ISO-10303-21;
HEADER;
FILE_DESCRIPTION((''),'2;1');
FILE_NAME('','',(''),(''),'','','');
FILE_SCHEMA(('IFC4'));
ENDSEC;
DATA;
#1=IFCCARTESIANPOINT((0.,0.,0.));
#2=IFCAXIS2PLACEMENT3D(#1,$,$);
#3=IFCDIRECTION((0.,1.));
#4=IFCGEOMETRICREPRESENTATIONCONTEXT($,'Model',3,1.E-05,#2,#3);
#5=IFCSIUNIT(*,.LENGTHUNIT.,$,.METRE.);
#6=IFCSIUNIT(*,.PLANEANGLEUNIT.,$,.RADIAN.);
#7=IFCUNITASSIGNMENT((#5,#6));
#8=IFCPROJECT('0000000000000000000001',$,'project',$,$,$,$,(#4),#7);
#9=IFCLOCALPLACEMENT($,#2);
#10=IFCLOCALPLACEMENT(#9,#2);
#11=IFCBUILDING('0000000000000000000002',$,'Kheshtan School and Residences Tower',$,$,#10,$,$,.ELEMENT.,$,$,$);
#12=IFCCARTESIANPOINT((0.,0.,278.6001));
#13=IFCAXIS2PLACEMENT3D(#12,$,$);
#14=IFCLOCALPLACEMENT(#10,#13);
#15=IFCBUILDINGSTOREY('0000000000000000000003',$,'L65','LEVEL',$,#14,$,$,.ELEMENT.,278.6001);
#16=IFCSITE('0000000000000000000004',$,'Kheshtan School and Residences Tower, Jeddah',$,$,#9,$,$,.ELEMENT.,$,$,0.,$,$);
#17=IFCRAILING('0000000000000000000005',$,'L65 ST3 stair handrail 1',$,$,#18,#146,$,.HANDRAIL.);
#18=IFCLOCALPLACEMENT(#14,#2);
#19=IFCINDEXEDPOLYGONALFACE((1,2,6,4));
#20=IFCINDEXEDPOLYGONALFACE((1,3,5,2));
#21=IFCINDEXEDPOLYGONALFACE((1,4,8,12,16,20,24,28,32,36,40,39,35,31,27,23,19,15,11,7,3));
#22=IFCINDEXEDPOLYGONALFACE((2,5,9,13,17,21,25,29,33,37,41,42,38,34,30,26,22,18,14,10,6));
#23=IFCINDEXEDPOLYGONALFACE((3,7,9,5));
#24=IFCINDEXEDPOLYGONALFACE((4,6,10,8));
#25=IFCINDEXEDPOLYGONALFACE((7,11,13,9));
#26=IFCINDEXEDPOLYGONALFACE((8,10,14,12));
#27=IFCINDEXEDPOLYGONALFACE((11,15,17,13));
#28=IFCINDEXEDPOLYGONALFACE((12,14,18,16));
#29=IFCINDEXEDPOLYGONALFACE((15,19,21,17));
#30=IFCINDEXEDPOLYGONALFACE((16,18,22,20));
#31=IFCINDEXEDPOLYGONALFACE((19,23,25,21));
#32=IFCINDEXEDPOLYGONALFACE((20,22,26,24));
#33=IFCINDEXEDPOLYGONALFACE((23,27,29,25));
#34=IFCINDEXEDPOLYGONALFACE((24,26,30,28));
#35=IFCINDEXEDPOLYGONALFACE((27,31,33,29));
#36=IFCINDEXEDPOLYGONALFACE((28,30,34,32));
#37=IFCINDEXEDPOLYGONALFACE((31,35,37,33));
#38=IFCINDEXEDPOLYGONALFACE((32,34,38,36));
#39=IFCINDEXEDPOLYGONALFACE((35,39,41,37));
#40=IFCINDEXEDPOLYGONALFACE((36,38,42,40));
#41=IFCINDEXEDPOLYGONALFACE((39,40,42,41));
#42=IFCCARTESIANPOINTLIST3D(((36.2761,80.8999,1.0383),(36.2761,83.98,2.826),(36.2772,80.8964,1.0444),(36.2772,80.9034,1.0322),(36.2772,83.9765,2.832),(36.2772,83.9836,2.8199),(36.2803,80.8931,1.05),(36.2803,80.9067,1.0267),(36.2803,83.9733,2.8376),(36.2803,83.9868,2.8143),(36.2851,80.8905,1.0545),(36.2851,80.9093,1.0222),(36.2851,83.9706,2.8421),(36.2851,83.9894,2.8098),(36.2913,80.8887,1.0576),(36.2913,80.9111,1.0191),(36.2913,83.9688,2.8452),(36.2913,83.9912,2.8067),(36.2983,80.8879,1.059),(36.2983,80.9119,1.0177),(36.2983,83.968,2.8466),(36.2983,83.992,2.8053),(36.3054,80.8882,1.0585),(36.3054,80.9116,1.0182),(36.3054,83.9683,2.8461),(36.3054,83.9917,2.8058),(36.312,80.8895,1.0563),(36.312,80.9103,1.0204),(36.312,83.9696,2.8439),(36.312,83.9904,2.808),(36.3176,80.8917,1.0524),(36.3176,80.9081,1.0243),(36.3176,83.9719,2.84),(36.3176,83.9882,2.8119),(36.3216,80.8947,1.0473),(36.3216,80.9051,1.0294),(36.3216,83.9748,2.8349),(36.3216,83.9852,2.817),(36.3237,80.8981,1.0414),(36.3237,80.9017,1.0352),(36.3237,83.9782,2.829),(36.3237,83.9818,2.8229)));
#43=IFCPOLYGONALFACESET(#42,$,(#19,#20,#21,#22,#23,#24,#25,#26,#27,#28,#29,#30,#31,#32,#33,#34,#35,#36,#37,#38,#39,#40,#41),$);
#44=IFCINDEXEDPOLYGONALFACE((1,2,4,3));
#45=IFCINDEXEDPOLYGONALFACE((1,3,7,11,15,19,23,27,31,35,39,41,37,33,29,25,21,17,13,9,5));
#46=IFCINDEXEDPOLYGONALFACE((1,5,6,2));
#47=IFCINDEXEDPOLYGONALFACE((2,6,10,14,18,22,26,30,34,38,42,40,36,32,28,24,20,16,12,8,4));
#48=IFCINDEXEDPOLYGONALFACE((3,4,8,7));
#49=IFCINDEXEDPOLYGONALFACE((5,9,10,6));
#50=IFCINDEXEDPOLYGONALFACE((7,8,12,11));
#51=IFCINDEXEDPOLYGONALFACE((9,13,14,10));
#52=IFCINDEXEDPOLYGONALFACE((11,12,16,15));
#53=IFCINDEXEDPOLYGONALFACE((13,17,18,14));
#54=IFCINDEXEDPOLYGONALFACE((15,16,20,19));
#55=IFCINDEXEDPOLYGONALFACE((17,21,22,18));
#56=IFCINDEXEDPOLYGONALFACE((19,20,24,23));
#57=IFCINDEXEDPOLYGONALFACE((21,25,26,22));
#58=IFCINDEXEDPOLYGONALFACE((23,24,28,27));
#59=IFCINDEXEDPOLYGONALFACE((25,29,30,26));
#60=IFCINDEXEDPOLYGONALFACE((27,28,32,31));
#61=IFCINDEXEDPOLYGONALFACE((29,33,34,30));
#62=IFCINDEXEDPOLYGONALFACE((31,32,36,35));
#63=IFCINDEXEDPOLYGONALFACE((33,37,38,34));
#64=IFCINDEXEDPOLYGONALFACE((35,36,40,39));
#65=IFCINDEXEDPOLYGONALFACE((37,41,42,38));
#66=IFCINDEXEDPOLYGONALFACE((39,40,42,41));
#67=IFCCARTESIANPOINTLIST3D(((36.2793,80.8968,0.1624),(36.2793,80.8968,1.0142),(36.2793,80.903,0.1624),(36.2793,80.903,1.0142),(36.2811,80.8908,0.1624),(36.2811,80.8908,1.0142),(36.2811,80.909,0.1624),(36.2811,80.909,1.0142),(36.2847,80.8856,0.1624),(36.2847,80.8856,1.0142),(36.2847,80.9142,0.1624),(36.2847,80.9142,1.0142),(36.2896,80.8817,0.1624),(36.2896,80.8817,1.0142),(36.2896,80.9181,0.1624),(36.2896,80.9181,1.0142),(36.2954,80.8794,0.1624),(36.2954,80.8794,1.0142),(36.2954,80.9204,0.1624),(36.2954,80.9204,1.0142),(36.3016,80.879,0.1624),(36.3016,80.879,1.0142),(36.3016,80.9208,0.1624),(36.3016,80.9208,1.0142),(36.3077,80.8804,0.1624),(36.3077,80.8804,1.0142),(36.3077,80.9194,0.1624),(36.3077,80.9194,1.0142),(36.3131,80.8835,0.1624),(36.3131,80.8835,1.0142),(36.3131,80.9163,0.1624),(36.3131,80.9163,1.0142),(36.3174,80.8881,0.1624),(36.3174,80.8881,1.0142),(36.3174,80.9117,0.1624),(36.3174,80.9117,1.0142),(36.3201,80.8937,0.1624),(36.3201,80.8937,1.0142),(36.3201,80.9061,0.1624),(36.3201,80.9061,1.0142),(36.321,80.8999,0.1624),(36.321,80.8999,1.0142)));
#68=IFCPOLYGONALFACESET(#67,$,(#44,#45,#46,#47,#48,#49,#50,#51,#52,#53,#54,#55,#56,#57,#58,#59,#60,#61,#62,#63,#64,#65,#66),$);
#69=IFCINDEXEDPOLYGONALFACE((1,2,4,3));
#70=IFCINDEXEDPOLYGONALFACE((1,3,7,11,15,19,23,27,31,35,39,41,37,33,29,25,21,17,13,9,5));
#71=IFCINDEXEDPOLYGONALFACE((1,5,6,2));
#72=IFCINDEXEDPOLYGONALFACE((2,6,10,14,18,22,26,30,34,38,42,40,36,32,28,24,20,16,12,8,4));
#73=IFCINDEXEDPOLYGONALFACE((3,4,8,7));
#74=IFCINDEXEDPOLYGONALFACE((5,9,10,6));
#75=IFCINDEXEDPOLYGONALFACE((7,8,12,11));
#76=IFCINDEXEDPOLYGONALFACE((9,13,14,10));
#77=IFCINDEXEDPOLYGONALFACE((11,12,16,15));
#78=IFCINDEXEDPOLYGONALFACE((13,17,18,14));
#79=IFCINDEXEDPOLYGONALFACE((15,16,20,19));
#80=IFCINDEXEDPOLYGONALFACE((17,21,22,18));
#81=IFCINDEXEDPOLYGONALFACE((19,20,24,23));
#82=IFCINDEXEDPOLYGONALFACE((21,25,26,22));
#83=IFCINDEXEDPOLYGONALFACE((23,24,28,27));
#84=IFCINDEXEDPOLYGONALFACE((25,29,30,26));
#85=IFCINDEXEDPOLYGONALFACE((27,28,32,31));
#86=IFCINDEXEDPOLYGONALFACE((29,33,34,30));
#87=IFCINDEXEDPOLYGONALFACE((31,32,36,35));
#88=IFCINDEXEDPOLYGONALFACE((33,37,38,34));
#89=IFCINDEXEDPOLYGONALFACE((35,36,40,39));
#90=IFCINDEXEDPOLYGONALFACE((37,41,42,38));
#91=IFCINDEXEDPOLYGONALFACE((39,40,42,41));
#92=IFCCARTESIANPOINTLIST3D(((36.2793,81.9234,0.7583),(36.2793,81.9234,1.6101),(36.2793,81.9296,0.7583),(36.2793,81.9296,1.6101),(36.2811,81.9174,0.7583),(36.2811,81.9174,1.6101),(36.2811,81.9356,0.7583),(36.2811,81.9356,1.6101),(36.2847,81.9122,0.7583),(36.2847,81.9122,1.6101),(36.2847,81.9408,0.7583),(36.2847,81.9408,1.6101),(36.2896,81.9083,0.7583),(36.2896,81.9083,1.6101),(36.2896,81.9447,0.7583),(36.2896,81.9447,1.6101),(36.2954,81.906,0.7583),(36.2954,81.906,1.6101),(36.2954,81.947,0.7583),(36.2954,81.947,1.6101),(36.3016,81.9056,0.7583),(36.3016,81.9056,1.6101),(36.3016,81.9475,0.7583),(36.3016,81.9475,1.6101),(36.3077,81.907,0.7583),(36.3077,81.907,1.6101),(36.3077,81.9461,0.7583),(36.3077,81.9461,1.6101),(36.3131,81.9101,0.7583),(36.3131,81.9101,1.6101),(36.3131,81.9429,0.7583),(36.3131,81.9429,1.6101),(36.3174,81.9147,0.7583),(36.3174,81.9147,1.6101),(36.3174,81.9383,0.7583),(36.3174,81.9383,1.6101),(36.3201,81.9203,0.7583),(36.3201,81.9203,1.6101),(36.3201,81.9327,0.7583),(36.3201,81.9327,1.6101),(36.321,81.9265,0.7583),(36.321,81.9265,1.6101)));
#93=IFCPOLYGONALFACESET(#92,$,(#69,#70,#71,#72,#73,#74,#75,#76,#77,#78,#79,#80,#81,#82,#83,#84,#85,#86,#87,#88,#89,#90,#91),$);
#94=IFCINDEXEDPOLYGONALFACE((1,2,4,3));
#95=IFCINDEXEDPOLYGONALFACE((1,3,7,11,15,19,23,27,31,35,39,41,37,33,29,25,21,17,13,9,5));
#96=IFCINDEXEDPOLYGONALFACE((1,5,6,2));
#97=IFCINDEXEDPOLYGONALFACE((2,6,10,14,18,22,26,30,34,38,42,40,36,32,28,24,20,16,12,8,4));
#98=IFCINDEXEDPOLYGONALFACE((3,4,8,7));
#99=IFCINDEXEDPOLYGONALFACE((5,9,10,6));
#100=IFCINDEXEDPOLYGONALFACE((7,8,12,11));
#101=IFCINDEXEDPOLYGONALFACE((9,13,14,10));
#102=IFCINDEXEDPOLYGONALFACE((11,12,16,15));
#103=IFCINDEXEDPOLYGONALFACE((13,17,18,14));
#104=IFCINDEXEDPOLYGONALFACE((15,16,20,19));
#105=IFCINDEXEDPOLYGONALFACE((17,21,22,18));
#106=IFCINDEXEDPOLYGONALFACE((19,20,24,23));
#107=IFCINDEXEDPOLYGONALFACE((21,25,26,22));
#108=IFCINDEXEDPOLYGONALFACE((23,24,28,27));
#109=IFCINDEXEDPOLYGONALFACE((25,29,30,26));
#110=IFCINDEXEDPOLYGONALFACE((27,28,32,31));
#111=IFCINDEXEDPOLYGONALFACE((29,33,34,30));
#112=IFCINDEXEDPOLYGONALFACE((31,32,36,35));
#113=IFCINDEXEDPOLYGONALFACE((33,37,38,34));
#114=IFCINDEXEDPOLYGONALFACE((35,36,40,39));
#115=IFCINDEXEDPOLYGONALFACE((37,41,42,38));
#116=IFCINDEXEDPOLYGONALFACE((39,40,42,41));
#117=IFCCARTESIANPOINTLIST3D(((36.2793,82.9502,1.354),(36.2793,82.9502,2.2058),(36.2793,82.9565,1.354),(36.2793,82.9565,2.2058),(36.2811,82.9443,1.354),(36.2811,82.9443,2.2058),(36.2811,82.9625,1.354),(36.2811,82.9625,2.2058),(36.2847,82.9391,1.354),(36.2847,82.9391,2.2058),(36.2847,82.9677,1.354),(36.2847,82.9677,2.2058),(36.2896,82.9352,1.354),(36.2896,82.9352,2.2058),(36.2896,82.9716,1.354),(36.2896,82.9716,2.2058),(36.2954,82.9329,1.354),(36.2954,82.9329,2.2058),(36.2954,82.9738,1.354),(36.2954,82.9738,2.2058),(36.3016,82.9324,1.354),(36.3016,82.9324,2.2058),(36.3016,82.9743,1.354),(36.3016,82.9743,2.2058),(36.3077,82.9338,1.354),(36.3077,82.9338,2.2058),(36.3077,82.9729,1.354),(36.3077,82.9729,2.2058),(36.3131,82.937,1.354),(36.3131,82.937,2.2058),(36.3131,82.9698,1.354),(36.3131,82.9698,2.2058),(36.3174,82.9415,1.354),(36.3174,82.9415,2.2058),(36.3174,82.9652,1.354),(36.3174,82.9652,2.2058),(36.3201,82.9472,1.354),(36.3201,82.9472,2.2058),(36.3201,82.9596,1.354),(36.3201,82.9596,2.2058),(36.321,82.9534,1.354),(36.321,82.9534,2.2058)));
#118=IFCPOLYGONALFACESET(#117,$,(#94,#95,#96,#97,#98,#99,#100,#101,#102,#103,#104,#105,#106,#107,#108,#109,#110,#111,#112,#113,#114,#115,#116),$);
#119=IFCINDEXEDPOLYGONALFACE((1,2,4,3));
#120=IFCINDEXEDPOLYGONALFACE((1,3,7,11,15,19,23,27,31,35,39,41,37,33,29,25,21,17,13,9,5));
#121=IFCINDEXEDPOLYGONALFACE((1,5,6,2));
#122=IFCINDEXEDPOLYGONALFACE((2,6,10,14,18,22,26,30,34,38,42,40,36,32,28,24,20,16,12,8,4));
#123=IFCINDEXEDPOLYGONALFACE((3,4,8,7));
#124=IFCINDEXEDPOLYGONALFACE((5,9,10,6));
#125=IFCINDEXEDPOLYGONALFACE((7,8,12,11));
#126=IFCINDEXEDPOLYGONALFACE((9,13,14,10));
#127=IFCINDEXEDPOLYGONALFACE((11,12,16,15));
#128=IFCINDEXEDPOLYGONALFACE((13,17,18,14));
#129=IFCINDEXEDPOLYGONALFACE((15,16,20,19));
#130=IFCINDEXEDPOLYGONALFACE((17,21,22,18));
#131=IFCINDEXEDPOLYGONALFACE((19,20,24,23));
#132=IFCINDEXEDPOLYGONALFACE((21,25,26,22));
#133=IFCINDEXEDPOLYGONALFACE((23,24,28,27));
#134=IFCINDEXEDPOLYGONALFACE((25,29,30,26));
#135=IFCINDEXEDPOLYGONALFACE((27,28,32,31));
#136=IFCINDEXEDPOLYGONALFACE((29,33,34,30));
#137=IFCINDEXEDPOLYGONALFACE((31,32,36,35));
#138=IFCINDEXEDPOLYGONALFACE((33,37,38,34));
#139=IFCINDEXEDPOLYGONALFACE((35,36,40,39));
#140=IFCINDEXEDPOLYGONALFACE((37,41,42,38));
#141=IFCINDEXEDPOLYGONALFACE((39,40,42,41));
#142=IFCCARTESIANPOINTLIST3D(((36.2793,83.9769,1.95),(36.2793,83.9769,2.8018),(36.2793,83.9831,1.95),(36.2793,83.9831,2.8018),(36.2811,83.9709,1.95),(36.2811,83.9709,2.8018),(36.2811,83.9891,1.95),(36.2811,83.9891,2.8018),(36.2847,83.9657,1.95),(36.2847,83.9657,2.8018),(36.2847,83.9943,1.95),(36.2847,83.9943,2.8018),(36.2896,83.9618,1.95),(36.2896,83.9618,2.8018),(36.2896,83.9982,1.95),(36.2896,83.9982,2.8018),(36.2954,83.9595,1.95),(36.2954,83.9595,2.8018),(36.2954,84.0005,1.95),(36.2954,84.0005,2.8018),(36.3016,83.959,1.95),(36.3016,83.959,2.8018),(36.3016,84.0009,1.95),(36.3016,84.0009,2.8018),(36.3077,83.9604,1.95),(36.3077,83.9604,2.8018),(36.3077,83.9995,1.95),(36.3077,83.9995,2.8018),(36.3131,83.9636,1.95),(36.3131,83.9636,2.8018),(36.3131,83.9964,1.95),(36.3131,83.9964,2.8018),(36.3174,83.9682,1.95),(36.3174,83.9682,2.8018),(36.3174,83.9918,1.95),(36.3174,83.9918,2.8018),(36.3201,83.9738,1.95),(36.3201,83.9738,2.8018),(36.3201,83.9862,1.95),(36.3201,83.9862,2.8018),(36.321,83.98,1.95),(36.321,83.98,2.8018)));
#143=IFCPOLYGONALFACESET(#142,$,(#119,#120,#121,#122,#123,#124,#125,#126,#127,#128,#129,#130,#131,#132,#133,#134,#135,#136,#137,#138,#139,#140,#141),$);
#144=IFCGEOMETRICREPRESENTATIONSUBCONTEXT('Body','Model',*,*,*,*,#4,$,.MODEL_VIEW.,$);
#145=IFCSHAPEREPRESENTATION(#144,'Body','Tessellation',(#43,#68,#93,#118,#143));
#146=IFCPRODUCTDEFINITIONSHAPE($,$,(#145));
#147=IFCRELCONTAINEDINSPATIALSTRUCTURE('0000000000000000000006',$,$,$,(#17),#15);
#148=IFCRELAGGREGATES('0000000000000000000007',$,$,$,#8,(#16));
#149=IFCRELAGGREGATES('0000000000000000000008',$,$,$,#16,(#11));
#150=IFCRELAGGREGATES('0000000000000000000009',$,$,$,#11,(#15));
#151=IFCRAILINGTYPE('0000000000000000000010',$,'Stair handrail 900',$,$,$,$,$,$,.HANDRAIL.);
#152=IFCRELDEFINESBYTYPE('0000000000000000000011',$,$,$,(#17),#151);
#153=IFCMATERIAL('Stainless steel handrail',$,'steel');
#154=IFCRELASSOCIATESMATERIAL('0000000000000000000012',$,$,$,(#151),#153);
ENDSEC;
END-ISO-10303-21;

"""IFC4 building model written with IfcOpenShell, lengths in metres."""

from ifc_helpers import new_model, si_unit, direction, frame, origin, origin_2d, place, context, subcontext, project, spatial, circle, extrude, material, type_object, element, save


model = new_model("IFC4")

# Units and contexts
model_context = context("Model", 3, precision=1e-05, world=origin(), true_north=direction((0.0, 1.0)))
body_context = subcontext(model_context, "Body", "Model", "MODEL_VIEW")
ifc_project = project(units=[si_unit("LENGTHUNIT", "METRE"), si_unit("PLANEANGLEUNIT", "RADIAN")], contexts=[model_context])

# Site, building, storey
site_placement = place(None, origin())
site = spatial("IfcSite", under=ifc_project, at=site_placement, Name="Kheshtan School and Residences Tower, Jeddah", CompositionType="ELEMENT", RefElevation=0.0)
building_placement = place(site_placement, origin())
building = spatial("IfcBuilding", under=site, at=building_placement, Name="Kheshtan School and Residences Tower", CompositionType="ELEMENT")
storey_placement = place(building_placement, frame((0.0, 0.0, 278.6001)))
storey = spatial("IfcBuildingStorey", under=building, at=storey_placement, Name="L65", Description="LEVEL", CompositionType="ELEMENT", Elevation=278.6001)

# Railing
ifc_material_1 = material(Name="Stainless steel handrail", Category="steel")
railing_type_1 = type_object("IfcRailingType", Name="Stair handrail 900", PredefinedType="HANDRAIL", material=ifc_material_1)
railing_1_placement = place(storey_placement, frame((36.3, 80.8999, 0.1624)))
element("IfcRailing", 1, at=railing_1_placement, inside=storey, type_object=railing_type_1, Name="L65 ST3 stair handrail 1", PredefinedType="HANDRAIL", context=body_context, shape_type="SweptSolid", body=[
    extrude(circle(Radius=0.0239, at=origin_2d()), frame((0.0, 0.0, 0.876), z_axis=(0.0, 0.864891, 0.50196), x_axis=(-1.0, 0.0, 0.0)), (0.0, 0.0, 1.0), 3.5613),
    extrude(circle(Radius=0.021, at=origin_2d()), origin(), (0.0, 0.0, 1.0), 0.8518),
    extrude(circle(Radius=0.021, at=origin_2d()), frame((0.0, 1.0266, 0.5959)), (0.0, 0.0, 1.0), 0.8518),
    extrude(circle(Radius=0.021, at=origin_2d()), frame((0.0, 2.0535, 1.1917)), (0.0, 0.0, 1.0), 0.8518),
    extrude(circle(Radius=0.021, at=origin_2d()), frame((0.0, 3.0801, 1.7876)), (0.0, 0.0, 1.0), 0.8518),
])

save(model, "model.ifc")
